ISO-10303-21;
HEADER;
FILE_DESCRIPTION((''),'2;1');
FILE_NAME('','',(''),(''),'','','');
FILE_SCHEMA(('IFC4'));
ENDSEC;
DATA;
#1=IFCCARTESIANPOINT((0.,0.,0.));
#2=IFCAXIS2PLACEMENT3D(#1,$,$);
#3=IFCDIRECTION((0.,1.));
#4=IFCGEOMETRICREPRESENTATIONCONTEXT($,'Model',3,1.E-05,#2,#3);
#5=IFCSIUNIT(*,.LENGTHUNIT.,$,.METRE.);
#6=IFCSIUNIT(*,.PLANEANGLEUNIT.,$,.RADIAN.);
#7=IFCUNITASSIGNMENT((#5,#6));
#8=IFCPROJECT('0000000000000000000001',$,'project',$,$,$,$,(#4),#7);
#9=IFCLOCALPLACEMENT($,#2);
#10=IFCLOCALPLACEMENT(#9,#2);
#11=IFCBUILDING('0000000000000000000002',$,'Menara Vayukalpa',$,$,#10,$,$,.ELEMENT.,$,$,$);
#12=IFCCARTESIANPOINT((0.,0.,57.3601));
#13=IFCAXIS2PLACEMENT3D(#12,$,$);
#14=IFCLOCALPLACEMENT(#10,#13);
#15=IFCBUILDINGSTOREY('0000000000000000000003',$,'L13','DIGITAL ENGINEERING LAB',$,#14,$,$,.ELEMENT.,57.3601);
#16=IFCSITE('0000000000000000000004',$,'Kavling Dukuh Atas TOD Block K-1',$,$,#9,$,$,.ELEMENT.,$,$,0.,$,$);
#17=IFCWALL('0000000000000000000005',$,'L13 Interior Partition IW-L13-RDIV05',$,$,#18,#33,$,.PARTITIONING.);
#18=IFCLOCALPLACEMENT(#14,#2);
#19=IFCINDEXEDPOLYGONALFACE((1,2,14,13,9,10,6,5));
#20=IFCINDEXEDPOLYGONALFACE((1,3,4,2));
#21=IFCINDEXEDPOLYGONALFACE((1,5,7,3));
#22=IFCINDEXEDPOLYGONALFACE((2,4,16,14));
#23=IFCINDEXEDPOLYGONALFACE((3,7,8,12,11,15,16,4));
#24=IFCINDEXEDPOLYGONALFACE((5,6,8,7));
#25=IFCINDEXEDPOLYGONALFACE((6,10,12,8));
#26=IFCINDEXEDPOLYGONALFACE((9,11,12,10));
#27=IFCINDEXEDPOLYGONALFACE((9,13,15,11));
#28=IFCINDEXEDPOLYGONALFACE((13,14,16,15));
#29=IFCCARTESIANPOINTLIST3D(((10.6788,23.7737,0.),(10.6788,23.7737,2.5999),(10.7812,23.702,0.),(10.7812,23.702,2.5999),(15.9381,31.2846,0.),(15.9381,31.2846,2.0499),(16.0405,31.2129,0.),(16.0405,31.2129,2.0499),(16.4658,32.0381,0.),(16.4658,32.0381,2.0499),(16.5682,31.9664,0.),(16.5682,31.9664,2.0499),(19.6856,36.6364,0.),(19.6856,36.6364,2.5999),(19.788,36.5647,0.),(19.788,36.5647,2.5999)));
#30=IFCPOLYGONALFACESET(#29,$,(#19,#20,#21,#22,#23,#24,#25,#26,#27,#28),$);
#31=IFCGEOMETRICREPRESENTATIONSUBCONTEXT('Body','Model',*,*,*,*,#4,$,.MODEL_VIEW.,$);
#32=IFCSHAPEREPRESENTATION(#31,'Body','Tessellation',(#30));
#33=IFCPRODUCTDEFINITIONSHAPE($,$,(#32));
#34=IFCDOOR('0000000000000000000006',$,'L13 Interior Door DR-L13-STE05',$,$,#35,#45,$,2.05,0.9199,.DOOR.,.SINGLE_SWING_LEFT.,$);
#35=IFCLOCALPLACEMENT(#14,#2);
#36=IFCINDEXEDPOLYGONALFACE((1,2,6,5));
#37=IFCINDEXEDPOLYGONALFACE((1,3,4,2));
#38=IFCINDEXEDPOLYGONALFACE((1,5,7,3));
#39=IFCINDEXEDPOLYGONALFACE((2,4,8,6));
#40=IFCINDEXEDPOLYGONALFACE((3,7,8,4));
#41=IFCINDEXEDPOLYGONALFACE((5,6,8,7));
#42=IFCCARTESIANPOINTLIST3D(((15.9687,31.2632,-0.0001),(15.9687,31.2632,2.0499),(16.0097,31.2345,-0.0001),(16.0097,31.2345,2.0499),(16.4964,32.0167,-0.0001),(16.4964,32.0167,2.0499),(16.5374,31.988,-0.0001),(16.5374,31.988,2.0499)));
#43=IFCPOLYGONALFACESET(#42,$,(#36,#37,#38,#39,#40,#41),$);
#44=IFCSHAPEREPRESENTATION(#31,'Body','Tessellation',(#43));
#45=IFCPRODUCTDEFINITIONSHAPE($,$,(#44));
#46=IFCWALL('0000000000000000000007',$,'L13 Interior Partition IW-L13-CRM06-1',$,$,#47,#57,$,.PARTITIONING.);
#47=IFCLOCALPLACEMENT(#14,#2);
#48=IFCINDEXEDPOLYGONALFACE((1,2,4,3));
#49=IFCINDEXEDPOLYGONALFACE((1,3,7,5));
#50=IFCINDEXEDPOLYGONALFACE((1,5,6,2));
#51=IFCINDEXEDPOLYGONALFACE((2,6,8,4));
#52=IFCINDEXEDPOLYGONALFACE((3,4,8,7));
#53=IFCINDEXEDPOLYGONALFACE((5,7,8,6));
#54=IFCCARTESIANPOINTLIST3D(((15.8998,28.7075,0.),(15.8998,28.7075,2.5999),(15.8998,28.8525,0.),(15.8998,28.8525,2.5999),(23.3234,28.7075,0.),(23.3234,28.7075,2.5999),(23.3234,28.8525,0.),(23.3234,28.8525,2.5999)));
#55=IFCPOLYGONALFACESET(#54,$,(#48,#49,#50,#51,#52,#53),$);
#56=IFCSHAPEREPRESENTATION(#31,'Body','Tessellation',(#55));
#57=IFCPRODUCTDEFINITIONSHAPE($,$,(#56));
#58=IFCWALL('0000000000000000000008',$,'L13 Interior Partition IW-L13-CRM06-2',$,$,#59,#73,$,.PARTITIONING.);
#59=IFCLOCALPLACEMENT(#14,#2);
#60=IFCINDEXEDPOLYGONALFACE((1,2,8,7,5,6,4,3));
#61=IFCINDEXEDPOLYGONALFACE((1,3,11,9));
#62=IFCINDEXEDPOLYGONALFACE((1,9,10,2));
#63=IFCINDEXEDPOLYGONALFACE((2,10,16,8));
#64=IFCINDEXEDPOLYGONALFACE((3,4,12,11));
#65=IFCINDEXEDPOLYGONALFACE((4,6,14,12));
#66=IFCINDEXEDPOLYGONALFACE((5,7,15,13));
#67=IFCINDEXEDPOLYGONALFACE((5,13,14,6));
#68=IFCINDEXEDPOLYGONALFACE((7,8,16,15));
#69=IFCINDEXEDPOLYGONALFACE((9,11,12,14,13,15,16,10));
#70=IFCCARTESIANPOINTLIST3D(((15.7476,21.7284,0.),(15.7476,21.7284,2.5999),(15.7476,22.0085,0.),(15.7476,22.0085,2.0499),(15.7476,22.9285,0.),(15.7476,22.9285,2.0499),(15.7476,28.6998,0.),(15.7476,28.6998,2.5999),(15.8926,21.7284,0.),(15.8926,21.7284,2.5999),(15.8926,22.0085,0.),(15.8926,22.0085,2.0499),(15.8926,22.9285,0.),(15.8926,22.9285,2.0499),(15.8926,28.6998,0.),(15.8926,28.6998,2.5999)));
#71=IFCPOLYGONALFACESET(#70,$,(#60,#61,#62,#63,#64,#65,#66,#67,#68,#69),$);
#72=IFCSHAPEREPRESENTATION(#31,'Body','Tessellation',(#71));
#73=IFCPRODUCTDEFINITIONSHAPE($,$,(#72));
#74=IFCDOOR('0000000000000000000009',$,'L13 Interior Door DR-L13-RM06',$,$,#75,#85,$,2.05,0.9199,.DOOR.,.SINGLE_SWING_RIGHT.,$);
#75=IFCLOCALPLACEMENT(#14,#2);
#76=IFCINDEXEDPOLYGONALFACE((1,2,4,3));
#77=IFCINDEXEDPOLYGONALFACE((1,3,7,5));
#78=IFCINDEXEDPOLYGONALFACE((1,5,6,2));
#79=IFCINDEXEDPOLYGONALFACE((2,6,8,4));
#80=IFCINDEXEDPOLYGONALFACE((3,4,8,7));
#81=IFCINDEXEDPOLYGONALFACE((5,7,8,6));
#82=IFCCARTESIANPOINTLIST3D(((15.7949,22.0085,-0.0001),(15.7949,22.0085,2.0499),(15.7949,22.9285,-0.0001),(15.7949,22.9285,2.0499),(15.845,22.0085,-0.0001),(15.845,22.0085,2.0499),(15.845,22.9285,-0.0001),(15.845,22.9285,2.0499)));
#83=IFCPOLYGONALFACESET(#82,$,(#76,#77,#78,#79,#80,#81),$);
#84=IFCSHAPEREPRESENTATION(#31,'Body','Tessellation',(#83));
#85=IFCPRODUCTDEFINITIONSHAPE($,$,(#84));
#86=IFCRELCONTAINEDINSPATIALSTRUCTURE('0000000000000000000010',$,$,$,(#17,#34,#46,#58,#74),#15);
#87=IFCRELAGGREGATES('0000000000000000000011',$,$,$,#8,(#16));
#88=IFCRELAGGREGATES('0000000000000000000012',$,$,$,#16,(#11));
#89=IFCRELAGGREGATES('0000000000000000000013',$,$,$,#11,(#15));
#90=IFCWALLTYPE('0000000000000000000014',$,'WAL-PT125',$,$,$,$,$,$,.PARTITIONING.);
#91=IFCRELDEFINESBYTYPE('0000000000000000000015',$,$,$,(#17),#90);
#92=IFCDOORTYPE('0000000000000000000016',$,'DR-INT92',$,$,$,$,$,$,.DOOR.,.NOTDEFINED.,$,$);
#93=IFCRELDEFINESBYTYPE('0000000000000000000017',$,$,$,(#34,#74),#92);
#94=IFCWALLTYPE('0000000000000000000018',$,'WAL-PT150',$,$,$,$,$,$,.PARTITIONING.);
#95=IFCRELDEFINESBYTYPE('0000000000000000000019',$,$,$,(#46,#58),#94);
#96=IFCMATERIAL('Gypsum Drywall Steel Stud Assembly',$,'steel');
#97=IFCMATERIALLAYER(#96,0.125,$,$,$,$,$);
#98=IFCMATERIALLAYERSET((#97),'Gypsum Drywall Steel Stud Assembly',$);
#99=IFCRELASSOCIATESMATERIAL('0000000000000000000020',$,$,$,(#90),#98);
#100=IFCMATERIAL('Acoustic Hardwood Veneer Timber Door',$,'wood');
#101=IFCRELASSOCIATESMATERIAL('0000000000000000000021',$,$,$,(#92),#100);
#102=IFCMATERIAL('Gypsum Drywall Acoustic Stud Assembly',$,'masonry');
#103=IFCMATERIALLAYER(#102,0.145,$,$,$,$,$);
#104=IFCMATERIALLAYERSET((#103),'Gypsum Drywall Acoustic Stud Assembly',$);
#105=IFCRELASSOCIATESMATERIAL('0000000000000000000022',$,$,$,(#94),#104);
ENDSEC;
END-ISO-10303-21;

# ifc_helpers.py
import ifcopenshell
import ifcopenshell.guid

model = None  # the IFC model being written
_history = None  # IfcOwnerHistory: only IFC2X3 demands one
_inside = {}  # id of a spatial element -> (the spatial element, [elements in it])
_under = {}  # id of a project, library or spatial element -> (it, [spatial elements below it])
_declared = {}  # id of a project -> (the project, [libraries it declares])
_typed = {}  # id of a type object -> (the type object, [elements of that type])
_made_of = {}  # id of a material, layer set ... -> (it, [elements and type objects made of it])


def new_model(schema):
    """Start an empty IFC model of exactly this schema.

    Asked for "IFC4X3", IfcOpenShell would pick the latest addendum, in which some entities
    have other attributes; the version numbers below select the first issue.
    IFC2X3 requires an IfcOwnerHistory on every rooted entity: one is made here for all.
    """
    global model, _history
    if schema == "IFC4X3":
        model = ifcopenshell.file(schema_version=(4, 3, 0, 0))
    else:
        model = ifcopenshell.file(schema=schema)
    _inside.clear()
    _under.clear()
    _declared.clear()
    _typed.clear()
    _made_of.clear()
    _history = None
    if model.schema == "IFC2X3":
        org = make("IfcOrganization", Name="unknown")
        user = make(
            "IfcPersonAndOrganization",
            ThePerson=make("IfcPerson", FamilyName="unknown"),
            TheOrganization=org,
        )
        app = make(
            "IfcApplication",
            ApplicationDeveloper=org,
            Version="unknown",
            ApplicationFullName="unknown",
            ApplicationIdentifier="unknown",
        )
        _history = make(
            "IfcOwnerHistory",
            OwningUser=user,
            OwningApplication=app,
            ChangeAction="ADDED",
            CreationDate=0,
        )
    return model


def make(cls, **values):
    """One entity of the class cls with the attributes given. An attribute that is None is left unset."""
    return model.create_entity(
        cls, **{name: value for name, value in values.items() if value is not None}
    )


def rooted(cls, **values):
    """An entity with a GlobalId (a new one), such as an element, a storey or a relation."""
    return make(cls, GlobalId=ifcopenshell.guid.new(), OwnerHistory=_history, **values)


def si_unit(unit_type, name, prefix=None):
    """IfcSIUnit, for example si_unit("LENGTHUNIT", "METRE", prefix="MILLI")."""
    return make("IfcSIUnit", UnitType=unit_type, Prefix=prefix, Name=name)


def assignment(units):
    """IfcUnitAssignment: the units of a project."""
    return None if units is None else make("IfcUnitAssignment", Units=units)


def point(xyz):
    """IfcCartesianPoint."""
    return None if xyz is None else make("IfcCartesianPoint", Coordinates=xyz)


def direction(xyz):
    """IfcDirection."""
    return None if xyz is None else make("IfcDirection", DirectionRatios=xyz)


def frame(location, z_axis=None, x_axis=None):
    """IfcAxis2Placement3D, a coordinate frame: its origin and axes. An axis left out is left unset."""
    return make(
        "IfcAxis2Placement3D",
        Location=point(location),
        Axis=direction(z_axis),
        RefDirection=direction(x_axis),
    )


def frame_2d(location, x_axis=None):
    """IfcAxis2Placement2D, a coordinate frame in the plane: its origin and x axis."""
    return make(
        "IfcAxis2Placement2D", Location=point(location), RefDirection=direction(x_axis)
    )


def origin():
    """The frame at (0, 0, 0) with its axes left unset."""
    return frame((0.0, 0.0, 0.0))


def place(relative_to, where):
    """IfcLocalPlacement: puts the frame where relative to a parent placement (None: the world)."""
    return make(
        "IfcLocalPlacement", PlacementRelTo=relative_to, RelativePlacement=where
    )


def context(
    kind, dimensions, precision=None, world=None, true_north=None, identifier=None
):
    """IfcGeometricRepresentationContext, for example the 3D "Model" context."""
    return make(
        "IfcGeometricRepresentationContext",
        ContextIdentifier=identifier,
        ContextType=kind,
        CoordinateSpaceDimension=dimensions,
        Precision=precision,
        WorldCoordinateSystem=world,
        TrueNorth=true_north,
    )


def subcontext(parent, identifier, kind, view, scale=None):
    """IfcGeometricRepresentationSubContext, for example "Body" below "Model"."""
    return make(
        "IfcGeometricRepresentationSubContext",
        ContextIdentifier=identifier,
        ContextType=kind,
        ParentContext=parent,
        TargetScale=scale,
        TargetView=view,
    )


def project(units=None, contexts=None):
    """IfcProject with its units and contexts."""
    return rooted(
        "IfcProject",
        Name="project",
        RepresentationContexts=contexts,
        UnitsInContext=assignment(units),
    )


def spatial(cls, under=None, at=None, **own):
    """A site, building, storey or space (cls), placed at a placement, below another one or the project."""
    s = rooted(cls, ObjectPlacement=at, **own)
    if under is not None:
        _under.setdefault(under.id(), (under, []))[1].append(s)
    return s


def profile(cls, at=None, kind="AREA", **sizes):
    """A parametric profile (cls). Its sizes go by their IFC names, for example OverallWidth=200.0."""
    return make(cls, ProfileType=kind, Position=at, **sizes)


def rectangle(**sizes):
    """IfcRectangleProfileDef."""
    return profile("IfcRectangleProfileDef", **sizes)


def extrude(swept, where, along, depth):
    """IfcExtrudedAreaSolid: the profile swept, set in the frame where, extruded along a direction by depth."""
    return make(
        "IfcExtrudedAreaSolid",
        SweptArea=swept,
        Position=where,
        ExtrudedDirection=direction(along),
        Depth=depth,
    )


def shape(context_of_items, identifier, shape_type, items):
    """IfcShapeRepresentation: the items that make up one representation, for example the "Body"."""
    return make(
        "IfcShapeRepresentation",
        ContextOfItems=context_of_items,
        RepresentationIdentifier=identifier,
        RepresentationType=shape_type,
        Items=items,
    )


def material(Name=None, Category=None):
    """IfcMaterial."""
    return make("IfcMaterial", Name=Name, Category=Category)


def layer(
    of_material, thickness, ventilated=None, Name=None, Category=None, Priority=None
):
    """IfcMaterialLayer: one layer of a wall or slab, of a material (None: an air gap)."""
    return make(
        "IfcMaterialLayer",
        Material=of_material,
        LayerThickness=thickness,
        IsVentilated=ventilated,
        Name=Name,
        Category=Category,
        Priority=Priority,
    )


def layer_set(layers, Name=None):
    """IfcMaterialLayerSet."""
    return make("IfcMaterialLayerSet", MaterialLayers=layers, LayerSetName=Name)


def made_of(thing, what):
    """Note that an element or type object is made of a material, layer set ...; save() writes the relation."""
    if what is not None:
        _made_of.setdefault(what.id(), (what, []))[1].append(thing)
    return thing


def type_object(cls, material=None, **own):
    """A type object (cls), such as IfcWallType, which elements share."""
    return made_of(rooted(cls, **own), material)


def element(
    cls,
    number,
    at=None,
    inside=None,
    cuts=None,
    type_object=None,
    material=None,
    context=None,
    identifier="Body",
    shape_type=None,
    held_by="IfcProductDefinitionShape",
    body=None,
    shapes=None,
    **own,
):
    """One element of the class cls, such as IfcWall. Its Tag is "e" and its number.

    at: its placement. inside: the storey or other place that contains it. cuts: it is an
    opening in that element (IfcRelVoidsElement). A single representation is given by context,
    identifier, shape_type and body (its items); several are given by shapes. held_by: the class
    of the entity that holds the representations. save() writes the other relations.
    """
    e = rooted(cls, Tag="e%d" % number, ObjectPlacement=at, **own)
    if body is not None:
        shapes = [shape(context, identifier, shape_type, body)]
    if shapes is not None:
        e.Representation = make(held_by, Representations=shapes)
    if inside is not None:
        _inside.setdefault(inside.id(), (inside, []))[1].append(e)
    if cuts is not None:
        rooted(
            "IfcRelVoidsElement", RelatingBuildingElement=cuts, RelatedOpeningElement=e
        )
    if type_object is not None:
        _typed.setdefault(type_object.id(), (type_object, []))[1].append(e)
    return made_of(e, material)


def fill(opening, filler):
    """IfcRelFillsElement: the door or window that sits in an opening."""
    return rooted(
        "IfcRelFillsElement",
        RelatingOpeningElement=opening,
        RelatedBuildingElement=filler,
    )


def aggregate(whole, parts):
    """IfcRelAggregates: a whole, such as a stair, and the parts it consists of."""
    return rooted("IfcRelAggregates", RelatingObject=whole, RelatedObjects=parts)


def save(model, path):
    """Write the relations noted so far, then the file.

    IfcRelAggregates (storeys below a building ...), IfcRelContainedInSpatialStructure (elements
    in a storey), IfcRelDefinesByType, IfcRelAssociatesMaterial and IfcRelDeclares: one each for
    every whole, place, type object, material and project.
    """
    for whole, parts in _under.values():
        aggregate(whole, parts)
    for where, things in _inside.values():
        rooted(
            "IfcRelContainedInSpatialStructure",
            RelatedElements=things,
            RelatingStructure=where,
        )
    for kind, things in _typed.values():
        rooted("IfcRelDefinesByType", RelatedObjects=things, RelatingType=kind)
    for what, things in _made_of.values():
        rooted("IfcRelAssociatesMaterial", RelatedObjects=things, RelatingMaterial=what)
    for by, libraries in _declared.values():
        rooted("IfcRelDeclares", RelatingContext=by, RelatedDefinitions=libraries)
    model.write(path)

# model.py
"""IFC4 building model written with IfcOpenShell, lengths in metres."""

from ifc_helpers import new_model, si_unit, direction, frame, frame_2d, origin, place, context, subcontext, project, spatial, rectangle, extrude, material, layer, layer_set, type_object, element, fill, save


model = new_model("IFC4")

# Units and contexts
model_context = context("Model", 3, precision=1e-05, world=origin(), true_north=direction((0.0, 1.0)))
body_context = subcontext(model_context, "Body", "Model", "MODEL_VIEW")
ifc_project = project(units=[si_unit("LENGTHUNIT", "METRE"), si_unit("PLANEANGLEUNIT", "RADIAN")], contexts=[model_context])

# Site, building, storey
site_placement = place(None, origin())
site = spatial("IfcSite", under=ifc_project, at=site_placement, Name="Kavling Dukuh Atas TOD Block K-1", CompositionType="ELEMENT", RefElevation=0.0)
building_placement = place(site_placement, origin())
building = spatial("IfcBuilding", under=site, at=building_placement, Name="Menara Vayukalpa", CompositionType="ELEMENT")
storey_placement = place(building_placement, frame((0.0, 0.0, 57.3601)))
storey = spatial("IfcBuildingStorey", under=building, at=storey_placement, Name="L13", Description="DIGITAL ENGINEERING LAB", CompositionType="ELEMENT", Elevation=57.3601)

# Wall, opening, door
ifc_material_1 = material(Name="Gypsum Drywall Steel Stud Assembly", Category="steel")
ifc_layer_1 = layer(ifc_material_1, 0.125)
ifc_layer_set_1 = layer_set([ifc_layer_1], Name="Gypsum Drywall Steel Stud Assembly")
wall_type_1 = type_object("IfcWallType", Name="WAL-PT125", PredefinedType="PARTITIONING", material=ifc_layer_set_1)
wall_1_placement = place(storey_placement, frame((19.7368, 36.6006, 0.0), z_axis=(0.0, 0.0, 1.0), x_axis=(-0.573585, -0.819146, 0.0)))
wall_1 = element("IfcWall", 1, at=wall_1_placement, inside=storey, type_object=wall_type_1, Name="L13 Interior Partition IW-L13-RDIV05", PredefinedType="PARTITIONING", context=body_context, shape_type="SweptSolid", body=[
    extrude(rectangle(XDim=15.7026, YDim=0.125, at=frame_2d((7.8513, 0.0))), origin(), (0.0, 0.0, 1.0), 2.5999),
])
opening_1_placement = place(wall_1_placement, frame((5.6135, 0.0, 0.0)))
opening_1 = element("IfcOpeningElement", 2, at=opening_1_placement, cuts=wall_1, PredefinedType="OPENING", context=body_context, shape_type="SweptSolid", body=[
    extrude(rectangle(XDim=0.9199, YDim=2.05, at=frame_2d((0.46, 1.0249))), frame((0.0, 0.0725, 0.0), z_axis=(0.0, -1.0, 0.0), x_axis=(1.0, 0.0, 0.0)), (0.0, 0.0, 1.0), 0.145),
])
ifc_material_2 = material(Name="Acoustic Hardwood Veneer Timber Door", Category="wood")
door_type = type_object("IfcDoorType", Name="DR-INT92", OperationType="NOTDEFINED", PredefinedType="DOOR", material=ifc_material_2)
door_1_placement = place(opening_1_placement, origin())
door_1 = element("IfcDoor", 3, at=door_1_placement, inside=storey, type_object=door_type, Name="L13 Interior Door DR-L13-STE05", OperationType="SINGLE_SWING_LEFT", OverallHeight=2.05, OverallWidth=0.9199, PredefinedType="DOOR", context=body_context, shape_type="SweptSolid", body=[
    extrude(rectangle(XDim=0.9199, YDim=2.05, at=frame_2d((0.46, 1.0249))), frame((0.0, 0.0249, 0.0), z_axis=(0.0, -1.0, 0.0), x_axis=(1.0, 0.0, 0.0)), (0.0, 0.0, 1.0), 0.05),
])
fill(opening_1, door_1)

# Wall
ifc_material_3 = material(Name="Gypsum Drywall Acoustic Stud Assembly", Category="masonry")
ifc_layer_2 = layer(ifc_material_3, 0.145)
ifc_layer_set_2 = layer_set([ifc_layer_2], Name="Gypsum Drywall Acoustic Stud Assembly")
wall_type_2 = type_object("IfcWallType", Name="WAL-PT150", PredefinedType="PARTITIONING", material=ifc_layer_set_2)
wall_2_placement = place(storey_placement, frame((23.3235, 28.78, 0.0), z_axis=(0.0, 0.0, 1.0), x_axis=(-1.0, 0.0, 0.0)))
element("IfcWall", 4, at=wall_2_placement, inside=storey, type_object=wall_type_2, Name="L13 Interior Partition IW-L13-CRM06-1", PredefinedType="PARTITIONING", context=body_context, shape_type="SweptSolid", body=[
    extrude(rectangle(XDim=7.4236, YDim=0.145, at=frame_2d((3.7119, 0.0))), origin(), (0.0, 0.0, 1.0), 2.5999),
])

# Wall, opening, door
wall_3_placement = place(storey_placement, frame((15.8201, 28.7, 0.0), z_axis=(0.0, 0.0, 1.0), x_axis=(0.0, -1.0, 0.0)))
wall_3 = element("IfcWall", 5, at=wall_3_placement, inside=storey, type_object=wall_type_2, Name="L13 Interior Partition IW-L13-CRM06-2", PredefinedType="PARTITIONING", context=body_context, shape_type="SweptSolid", body=[
    extrude(rectangle(XDim=6.9714, YDim=0.145, at=frame_2d((3.4858, 0.0))), origin(), (0.0, 0.0, 1.0), 2.5999),
])
opening_2_placement = place(wall_3_placement, frame((5.7715, 0.0, 0.0)))
opening_2 = element("IfcOpeningElement", 6, at=opening_2_placement, cuts=wall_3, PredefinedType="OPENING", context=body_context, shape_type="SweptSolid", body=[
    extrude(rectangle(XDim=0.9199, YDim=2.05, at=frame_2d((0.46, 1.0249))), frame((0.0, 0.0825, 0.0), z_axis=(0.0, -1.0, 0.0), x_axis=(1.0, 0.0, 0.0)), (0.0, 0.0, 1.0), 0.165),
])
door_2_placement = place(opening_2_placement, origin())
door_2 = element("IfcDoor", 7, at=door_2_placement, inside=storey, type_object=door_type, Name="L13 Interior Door DR-L13-RM06", OperationType="SINGLE_SWING_RIGHT", OverallHeight=2.05, OverallWidth=0.9199, PredefinedType="DOOR", context=body_context, shape_type="SweptSolid", body=[
    extrude(rectangle(XDim=0.9199, YDim=2.05, at=frame_2d((0.46, 1.0249))), frame((0.0, 0.0249, 0.0), z_axis=(0.0, -1.0, 0.0), x_axis=(1.0, 0.0, 0.0)), (0.0, 0.0, 1.0), 0.05),
])
fill(opening_2, door_2)

save(model, "model.ifc")
